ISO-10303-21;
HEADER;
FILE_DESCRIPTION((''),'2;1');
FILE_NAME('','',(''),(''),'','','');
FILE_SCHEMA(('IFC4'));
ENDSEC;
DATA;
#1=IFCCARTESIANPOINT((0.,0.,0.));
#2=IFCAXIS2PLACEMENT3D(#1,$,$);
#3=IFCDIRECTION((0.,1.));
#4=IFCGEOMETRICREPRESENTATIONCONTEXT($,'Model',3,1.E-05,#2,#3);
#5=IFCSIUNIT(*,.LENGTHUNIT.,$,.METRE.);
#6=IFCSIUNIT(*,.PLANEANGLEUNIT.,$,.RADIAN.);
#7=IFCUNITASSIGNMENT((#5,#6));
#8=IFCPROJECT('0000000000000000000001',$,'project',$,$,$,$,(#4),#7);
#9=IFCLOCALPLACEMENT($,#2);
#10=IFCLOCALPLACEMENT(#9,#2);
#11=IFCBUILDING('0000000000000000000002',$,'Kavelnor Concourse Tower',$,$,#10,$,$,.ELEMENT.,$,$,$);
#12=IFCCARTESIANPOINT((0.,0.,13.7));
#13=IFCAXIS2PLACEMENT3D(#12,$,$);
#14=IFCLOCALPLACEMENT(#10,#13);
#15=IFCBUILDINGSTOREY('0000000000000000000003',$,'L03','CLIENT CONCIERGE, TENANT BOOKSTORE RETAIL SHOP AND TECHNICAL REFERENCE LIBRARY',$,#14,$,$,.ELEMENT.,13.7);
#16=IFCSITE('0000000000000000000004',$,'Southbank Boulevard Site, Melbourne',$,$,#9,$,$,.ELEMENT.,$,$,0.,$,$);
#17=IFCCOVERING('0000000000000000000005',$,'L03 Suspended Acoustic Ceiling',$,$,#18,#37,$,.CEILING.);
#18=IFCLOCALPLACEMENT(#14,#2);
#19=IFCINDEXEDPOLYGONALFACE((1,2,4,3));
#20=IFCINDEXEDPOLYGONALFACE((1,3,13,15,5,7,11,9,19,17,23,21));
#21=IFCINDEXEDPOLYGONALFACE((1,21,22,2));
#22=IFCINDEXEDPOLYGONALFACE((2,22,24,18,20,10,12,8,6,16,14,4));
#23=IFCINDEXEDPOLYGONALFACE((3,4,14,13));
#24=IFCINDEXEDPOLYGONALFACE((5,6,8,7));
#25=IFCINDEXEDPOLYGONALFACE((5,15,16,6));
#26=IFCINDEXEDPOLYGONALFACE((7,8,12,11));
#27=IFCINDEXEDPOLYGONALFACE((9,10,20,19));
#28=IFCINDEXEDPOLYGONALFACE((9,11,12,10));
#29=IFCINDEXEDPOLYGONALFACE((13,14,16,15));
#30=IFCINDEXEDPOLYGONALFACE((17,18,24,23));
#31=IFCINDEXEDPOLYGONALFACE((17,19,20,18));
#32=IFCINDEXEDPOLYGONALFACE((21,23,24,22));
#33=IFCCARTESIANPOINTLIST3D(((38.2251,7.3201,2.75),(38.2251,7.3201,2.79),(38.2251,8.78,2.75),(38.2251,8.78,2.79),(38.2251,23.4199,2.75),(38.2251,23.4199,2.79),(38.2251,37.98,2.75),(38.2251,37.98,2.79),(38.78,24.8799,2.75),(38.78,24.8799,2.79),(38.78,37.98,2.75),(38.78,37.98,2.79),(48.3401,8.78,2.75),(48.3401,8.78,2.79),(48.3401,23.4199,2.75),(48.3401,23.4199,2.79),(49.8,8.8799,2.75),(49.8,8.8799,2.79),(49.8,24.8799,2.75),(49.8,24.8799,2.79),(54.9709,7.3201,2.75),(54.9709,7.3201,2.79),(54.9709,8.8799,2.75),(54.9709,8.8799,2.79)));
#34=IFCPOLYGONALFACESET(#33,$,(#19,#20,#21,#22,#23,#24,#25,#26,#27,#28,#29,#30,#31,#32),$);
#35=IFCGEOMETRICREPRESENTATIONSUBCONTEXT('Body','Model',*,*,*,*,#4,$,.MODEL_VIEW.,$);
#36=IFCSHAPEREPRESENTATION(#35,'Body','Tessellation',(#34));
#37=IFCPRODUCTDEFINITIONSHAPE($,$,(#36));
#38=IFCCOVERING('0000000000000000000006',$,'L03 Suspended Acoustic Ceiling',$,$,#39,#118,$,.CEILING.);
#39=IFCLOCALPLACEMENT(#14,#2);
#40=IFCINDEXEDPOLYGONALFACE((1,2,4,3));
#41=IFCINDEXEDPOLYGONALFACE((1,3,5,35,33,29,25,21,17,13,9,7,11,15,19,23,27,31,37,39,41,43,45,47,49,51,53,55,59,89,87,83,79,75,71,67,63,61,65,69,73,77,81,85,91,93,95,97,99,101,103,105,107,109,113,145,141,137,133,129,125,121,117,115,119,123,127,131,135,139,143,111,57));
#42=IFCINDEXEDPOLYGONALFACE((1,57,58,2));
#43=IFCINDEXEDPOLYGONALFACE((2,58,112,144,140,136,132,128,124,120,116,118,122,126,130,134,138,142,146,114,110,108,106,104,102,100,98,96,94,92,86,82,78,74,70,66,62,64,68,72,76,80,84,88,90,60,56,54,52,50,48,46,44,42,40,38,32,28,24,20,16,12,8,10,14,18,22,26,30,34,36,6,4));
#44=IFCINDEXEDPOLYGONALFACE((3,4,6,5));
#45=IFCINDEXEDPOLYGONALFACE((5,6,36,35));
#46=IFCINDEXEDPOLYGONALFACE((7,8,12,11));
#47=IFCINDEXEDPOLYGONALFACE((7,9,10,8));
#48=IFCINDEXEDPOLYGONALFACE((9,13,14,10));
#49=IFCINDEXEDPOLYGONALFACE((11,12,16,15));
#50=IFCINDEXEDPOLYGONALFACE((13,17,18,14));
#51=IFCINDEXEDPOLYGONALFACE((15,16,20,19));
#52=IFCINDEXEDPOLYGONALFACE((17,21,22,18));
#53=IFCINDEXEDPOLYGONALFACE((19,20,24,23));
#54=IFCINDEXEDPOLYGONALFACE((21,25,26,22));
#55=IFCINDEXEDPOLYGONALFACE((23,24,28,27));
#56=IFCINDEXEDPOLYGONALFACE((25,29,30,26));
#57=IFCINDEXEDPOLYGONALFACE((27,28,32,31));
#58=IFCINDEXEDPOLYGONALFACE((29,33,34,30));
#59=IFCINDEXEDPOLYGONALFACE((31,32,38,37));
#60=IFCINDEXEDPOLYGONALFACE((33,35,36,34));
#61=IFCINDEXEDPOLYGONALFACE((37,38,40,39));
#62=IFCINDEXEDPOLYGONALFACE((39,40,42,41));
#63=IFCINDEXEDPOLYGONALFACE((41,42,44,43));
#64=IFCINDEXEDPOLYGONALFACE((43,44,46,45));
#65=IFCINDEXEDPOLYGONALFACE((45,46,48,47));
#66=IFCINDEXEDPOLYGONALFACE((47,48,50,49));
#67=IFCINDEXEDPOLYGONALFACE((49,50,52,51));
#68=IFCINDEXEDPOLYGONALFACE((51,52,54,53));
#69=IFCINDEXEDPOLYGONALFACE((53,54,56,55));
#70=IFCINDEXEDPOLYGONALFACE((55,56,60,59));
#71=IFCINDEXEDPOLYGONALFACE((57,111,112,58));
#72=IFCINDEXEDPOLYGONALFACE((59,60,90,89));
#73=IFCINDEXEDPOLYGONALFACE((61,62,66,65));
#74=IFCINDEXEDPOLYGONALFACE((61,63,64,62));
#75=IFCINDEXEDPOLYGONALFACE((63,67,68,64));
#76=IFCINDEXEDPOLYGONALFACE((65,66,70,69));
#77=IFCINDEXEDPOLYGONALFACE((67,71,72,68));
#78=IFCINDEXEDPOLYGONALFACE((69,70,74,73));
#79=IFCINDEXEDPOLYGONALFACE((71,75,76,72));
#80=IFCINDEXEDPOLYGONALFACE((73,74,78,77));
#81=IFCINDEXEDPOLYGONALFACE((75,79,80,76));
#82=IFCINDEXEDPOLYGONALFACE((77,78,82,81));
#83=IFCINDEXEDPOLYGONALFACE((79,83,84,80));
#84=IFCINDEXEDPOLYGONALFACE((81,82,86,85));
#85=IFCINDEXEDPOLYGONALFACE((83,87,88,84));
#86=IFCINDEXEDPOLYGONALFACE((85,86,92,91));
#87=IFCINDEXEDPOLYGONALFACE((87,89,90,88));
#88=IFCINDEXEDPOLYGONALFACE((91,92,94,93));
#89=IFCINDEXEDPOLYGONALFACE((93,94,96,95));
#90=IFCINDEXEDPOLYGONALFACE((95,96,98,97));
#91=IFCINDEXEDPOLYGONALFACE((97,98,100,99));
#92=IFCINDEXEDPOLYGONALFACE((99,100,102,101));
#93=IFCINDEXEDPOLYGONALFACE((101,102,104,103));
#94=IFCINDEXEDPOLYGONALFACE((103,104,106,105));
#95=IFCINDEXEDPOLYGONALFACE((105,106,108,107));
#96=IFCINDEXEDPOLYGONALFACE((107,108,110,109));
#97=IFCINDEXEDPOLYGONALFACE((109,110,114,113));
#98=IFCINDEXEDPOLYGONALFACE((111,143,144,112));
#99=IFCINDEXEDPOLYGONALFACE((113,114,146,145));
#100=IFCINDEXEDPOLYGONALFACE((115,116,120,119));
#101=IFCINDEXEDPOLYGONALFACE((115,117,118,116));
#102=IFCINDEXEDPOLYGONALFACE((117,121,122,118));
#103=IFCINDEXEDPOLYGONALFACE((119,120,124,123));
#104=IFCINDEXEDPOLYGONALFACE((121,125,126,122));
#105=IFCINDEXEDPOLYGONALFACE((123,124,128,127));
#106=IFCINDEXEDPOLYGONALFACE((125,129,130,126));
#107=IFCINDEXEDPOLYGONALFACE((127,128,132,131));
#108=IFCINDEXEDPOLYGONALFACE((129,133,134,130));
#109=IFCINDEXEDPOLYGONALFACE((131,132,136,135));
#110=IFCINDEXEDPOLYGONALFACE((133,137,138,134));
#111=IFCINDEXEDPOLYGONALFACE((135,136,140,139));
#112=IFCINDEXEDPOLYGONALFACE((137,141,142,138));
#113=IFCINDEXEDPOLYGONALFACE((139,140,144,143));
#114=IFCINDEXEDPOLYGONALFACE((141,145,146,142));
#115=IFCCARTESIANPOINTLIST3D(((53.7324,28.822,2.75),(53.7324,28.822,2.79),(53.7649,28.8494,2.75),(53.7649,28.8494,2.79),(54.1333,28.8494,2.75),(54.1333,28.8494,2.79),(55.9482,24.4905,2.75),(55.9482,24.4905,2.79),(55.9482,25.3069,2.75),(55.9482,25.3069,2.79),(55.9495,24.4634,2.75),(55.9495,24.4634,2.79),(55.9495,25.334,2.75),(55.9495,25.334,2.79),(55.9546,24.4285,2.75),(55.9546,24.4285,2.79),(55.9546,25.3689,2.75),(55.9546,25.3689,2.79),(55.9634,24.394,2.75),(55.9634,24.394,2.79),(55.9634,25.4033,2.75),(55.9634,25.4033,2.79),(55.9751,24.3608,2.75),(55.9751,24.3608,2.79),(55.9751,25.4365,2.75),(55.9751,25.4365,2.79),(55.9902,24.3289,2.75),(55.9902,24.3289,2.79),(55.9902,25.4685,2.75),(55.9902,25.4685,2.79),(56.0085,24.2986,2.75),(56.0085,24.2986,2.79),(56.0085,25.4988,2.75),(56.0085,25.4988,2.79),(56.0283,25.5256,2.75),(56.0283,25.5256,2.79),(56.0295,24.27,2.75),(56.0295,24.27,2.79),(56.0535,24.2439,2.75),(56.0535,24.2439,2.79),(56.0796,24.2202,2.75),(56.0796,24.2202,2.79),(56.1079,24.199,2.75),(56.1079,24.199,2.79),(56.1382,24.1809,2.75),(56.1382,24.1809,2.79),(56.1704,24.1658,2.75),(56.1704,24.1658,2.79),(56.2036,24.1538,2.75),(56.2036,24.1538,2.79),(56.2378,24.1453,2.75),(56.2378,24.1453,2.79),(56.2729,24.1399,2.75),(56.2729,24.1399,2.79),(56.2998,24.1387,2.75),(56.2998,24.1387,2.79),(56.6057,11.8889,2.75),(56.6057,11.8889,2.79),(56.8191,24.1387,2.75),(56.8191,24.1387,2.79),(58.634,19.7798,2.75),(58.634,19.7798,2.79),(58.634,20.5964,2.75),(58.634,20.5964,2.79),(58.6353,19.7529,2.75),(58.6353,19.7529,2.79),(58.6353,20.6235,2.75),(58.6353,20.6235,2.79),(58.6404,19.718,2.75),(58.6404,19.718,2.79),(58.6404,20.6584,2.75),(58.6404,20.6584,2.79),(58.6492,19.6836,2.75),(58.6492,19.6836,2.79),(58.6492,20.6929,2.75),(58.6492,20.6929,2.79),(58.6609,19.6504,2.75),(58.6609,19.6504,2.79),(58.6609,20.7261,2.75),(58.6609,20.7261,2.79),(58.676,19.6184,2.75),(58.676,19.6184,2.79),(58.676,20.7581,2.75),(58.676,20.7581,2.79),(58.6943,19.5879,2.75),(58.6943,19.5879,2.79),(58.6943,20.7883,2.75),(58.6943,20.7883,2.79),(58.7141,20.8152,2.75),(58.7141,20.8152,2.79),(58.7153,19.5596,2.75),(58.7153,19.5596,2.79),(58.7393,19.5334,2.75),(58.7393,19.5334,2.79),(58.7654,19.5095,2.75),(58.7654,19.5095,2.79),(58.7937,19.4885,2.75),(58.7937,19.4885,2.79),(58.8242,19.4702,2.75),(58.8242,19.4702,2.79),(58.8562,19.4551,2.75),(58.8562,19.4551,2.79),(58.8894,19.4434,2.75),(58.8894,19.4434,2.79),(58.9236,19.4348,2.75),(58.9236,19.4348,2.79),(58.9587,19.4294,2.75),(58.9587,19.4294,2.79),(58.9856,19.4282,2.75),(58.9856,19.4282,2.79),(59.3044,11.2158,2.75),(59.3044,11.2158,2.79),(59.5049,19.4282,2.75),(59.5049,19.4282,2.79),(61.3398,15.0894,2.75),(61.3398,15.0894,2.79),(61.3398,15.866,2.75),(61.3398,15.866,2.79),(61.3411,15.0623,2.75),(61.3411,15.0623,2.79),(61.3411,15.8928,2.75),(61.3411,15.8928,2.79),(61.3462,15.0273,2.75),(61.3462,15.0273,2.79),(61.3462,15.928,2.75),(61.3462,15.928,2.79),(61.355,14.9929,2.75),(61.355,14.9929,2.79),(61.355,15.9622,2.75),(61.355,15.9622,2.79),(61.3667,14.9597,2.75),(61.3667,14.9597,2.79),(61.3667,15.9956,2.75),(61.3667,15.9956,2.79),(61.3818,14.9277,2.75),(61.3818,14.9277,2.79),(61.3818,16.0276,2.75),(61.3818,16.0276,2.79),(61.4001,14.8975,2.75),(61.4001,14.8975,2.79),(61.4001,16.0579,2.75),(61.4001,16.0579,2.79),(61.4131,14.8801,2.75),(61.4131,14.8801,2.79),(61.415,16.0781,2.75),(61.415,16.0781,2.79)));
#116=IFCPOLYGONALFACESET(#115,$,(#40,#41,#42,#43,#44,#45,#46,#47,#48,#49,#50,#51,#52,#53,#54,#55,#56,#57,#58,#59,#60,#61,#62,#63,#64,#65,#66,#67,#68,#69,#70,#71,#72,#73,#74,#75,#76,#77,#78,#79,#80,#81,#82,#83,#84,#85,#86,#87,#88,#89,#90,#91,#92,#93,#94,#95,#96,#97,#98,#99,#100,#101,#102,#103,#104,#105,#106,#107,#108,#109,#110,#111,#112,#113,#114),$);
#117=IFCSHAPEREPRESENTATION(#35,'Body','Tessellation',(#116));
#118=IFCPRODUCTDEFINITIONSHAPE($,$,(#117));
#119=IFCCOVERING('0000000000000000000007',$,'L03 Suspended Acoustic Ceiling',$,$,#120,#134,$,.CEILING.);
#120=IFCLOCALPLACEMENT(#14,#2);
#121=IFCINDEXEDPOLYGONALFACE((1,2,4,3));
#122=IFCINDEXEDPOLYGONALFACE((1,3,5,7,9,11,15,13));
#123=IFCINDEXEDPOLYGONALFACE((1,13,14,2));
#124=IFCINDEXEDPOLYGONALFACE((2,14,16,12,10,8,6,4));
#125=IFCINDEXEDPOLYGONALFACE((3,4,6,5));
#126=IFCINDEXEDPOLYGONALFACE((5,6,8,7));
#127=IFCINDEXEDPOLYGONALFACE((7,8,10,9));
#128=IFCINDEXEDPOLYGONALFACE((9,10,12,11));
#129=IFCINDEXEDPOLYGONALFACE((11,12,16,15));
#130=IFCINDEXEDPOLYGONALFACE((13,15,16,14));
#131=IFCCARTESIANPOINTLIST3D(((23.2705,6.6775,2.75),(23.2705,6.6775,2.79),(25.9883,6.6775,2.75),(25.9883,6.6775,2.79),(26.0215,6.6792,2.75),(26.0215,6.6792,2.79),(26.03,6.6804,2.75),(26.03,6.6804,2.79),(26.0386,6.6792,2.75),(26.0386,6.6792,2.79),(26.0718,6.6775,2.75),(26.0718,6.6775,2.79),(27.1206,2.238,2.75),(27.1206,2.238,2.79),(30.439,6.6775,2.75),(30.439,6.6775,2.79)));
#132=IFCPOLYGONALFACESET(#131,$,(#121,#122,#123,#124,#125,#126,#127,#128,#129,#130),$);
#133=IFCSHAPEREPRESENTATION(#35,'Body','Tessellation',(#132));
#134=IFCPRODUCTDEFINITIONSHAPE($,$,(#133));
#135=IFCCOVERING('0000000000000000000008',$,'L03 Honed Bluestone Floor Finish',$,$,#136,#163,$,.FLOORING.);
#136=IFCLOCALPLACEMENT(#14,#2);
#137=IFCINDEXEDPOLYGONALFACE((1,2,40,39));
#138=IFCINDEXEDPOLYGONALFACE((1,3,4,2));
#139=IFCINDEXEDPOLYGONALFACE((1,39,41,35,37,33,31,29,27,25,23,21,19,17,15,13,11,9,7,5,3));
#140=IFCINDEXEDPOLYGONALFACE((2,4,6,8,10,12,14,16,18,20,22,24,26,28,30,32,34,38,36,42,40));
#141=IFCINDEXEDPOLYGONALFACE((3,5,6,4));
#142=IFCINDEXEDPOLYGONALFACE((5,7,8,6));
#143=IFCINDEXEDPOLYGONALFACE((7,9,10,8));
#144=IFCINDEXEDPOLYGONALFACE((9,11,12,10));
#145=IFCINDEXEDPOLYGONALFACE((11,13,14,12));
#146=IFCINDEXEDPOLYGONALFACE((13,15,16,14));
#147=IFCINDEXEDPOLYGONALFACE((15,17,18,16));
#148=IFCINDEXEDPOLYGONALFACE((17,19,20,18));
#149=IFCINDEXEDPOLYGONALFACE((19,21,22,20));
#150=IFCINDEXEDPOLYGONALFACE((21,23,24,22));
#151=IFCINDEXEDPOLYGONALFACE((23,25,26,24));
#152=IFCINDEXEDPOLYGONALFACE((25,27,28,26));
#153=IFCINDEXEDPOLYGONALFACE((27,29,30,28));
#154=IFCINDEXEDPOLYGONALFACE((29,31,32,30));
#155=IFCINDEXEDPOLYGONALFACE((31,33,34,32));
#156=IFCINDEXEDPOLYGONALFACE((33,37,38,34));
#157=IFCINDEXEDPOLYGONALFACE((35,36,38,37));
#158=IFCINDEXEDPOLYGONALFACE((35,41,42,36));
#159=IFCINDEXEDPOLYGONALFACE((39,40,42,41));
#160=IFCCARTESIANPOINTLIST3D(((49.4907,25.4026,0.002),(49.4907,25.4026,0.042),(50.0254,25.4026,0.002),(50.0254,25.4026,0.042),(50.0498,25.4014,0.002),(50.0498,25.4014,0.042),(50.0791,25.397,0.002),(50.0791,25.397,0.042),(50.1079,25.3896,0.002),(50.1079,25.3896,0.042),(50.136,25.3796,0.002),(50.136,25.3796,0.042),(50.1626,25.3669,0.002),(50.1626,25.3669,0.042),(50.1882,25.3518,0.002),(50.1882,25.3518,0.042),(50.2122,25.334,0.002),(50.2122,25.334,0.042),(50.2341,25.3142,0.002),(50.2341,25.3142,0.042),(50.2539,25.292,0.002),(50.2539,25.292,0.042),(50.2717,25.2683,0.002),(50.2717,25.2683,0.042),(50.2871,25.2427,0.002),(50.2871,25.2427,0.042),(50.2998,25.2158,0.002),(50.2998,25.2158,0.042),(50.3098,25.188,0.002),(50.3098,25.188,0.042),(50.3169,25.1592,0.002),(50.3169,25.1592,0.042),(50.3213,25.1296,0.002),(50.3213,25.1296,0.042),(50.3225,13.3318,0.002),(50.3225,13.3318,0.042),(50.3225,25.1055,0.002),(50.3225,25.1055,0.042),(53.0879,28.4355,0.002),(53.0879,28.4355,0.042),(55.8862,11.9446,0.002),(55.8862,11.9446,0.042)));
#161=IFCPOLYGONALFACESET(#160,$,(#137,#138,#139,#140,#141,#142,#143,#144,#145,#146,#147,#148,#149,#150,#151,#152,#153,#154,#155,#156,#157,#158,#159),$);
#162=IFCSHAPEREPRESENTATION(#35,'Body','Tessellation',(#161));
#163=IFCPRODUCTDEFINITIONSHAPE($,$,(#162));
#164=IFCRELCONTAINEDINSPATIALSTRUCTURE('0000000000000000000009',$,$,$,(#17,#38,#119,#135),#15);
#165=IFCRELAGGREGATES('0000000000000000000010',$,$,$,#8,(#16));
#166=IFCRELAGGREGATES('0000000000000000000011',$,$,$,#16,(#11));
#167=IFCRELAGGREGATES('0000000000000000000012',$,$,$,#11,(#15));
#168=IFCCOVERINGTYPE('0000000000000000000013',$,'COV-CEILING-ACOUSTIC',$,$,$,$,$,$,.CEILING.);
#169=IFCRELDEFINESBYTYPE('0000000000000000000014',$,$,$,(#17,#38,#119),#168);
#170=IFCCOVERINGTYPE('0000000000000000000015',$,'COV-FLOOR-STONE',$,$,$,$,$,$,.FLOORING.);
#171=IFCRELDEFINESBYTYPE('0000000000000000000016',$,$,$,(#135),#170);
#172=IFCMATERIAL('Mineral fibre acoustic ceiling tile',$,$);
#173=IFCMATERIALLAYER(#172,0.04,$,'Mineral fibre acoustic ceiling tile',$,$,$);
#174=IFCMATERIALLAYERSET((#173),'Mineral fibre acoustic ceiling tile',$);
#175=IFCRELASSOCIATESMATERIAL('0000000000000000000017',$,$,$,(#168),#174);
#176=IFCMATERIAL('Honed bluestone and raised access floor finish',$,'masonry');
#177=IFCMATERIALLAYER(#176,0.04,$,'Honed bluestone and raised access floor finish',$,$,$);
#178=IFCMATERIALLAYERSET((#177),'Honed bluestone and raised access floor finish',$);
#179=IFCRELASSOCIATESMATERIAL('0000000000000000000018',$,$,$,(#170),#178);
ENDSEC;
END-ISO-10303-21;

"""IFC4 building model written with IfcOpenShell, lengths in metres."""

from ifc_helpers import new_model, si_unit, direction, frame, origin, place, context, subcontext, project, spatial, polyline, outline, extrude, material, layer, layer_set, type_object, element, save


model = new_model("IFC4")

# Units and contexts
model_context = context("Model", 3, precision=1e-05, world=origin(), true_north=direction((0.0, 1.0)))
body_context = subcontext(model_context, "Body", "Model", "MODEL_VIEW")
ifc_project = project(units=[si_unit("LENGTHUNIT", "METRE"), si_unit("PLANEANGLEUNIT", "RADIAN")], contexts=[model_context])

# Site, building, storey
site_placement = place(None, origin())
site = spatial("IfcSite", under=ifc_project, at=site_placement, Name="Southbank Boulevard Site, Melbourne", CompositionType="ELEMENT", RefElevation=0.0)
building_placement = place(site_placement, origin())
building = spatial("IfcBuilding", under=site, at=building_placement, Name="Kavelnor Concourse Tower", CompositionType="ELEMENT")
storey_placement = place(building_placement, frame((0.0, 0.0, 13.7)))
storey = spatial("IfcBuildingStorey", under=building, at=storey_placement, Name="L03", Description="CLIENT CONCIERGE, TENANT BOOKSTORE RETAIL SHOP AND TECHNICAL REFERENCE LIBRARY", CompositionType="ELEMENT", Elevation=13.7)

# Coverings
ifc_material_1 = material(Name="Mineral fibre acoustic ceiling tile")
ifc_layer_1 = layer(ifc_material_1, 0.04, Name="Mineral fibre acoustic ceiling tile")
ifc_layer_set_1 = layer_set([ifc_layer_1], Name="Mineral fibre acoustic ceiling tile")
covering_type_1 = type_object("IfcCoveringType", Name="COV-CEILING-ACOUSTIC", PredefinedType="CEILING", material=ifc_layer_set_1)
covering_1_placement = place(storey_placement, frame((0.0, 0.0, 2.75)))
element("IfcCovering", 1, at=covering_1_placement, inside=storey, type_object=covering_type_1, Name="L03 Suspended Acoustic Ceiling", PredefinedType="CEILING", context=body_context, shape_type="SweptSolid", body=[
    extrude(outline(polyline([(38.78, 37.98), (38.78, 24.8799), (49.8, 24.8799), (49.8, 8.8799), (54.9709, 8.8799), (54.9709, 7.3201), (38.2251, 7.3201), (38.2251, 8.78), (48.3401, 8.78), (48.3401, 23.4199), (38.2251, 23.4199), (38.2251, 37.98), (38.78, 37.98)])), origin(), (0.0, 0.0, 1.0), 0.04),
])
covering_2_placement = place(storey_placement, frame((0.0, 0.0, 2.75)))
element("IfcCovering", 2, at=covering_2_placement, inside=storey, type_object=covering_type_1, Name="L03 Suspended Acoustic Ceiling", PredefinedType="CEILING", context=body_context, shape_type="SweptSolid", body=[
    extrude(outline(polyline([(54.1333, 28.8494), (56.0283, 25.5256), (56.0085, 25.4988), (55.9902, 25.4685), (55.9751, 25.4365), (55.9634, 25.4033), (55.9546, 25.3689), (55.9495, 25.334), (55.9482, 25.3069), (55.9482, 24.4905), (55.9495, 24.4634), (55.9546, 24.4285), (55.9634, 24.394), (55.9751, 24.3608), (55.9902, 24.3289), (56.0085, 24.2986), (56.0295, 24.27), (56.0535, 24.2439), (56.0796, 24.2202), (56.1079, 24.199), (56.1382, 24.1809), (56.1704, 24.1658), (56.2036, 24.1538), (56.2378, 24.1453), (56.2729, 24.1399), (56.2998, 24.1387), (56.8191, 24.1387), (58.7141, 20.8152), (58.6943, 20.7883), (58.676, 20.7581), (58.6609, 20.7261), (58.6492, 20.6929), (58.6404, 20.6584), (58.6353, 20.6235), (58.634, 20.5964), (58.634, 19.7798), (58.6353, 19.7529), (58.6404, 19.718), (58.6492, 19.6836), (58.6609, 19.6504), (58.676, 19.6184), (58.6943, 19.5879), (58.7153, 19.5596), (58.7393, 19.5334), (58.7654, 19.5095), (58.7937, 19.4885), (58.8242, 19.4702), (58.8562, 19.4551), (58.8894, 19.4434), (58.9236, 19.4348), (58.9587, 19.4294), (58.9856, 19.4282), (59.5049, 19.4282), (61.415, 16.0781), (61.4001, 16.0579), (61.3818, 16.0276), (61.3667, 15.9956), (61.355, 15.9622), (61.3462, 15.928), (61.3411, 15.8928), (61.3398, 15.866), (61.3398, 15.0894), (61.3411, 15.0623), (61.3462, 15.0273), (61.355, 14.9929), (61.3667, 14.9597), (61.3818, 14.9277), (61.4001, 14.8975), (61.4131, 14.8801), (59.3044, 11.2158), (56.6057, 11.8889), (53.7324, 28.822), (53.7649, 28.8494), (54.1333, 28.8494)])), origin(), (0.0, 0.0, 1.0), 0.04),
])
covering_3_placement = place(storey_placement, frame((0.0, 0.0, 2.75)))
element("IfcCovering", 3, at=covering_3_placement, inside=storey, type_object=covering_type_1, Name="L03 Suspended Acoustic Ceiling", PredefinedType="CEILING", context=body_context, shape_type="SweptSolid", body=[
    extrude(outline(polyline([(26.03, 6.6804), (26.0386, 6.6792), (26.0718, 6.6775), (30.439, 6.6775), (27.1206, 2.238), (23.2705, 6.6775), (25.9883, 6.6775), (26.0215, 6.6792), (26.03, 6.6804)])), origin(), (0.0, 0.0, 1.0), 0.04),
])
ifc_material_2 = material(Name="Honed bluestone and raised access floor finish", Category="masonry")
ifc_layer_2 = layer(ifc_material_2, 0.04, Name="Honed bluestone and raised access floor finish")
ifc_layer_set_2 = layer_set([ifc_layer_2], Name="Honed bluestone and raised access floor finish")
covering_type_2 = type_object("IfcCoveringType", Name="COV-FLOOR-STONE", PredefinedType="FLOORING", material=ifc_layer_set_2)
covering_4_placement = place(storey_placement, frame((0.0, 0.0, 0.002)))
element("IfcCovering", 4, at=covering_4_placement, inside=storey, type_object=covering_type_2, Name="L03 Honed Bluestone Floor Finish", PredefinedType="FLOORING", context=body_context, shape_type="SweptSolid", body=[
    extrude(outline(polyline([(50.3213, 25.1296), (50.3169, 25.1592), (50.3098, 25.188), (50.2998, 25.2158), (50.2871, 25.2427), (50.2717, 25.2683), (50.2539, 25.292), (50.2341, 25.3142), (50.2122, 25.334), (50.1882, 25.3518), (50.1626, 25.3669), (50.136, 25.3796), (50.1079, 25.3896), (50.0791, 25.397), (50.0498, 25.4014), (50.0254, 25.4026), (49.4907, 25.4026), (53.0879, 28.4355), (55.8862, 11.9446), (50.3225, 13.3318), (50.3225, 25.1055), (50.3213, 25.1296)])), origin(), (0.0, 0.0, 1.0), 0.04),
])

save(model, "model.ifc")
